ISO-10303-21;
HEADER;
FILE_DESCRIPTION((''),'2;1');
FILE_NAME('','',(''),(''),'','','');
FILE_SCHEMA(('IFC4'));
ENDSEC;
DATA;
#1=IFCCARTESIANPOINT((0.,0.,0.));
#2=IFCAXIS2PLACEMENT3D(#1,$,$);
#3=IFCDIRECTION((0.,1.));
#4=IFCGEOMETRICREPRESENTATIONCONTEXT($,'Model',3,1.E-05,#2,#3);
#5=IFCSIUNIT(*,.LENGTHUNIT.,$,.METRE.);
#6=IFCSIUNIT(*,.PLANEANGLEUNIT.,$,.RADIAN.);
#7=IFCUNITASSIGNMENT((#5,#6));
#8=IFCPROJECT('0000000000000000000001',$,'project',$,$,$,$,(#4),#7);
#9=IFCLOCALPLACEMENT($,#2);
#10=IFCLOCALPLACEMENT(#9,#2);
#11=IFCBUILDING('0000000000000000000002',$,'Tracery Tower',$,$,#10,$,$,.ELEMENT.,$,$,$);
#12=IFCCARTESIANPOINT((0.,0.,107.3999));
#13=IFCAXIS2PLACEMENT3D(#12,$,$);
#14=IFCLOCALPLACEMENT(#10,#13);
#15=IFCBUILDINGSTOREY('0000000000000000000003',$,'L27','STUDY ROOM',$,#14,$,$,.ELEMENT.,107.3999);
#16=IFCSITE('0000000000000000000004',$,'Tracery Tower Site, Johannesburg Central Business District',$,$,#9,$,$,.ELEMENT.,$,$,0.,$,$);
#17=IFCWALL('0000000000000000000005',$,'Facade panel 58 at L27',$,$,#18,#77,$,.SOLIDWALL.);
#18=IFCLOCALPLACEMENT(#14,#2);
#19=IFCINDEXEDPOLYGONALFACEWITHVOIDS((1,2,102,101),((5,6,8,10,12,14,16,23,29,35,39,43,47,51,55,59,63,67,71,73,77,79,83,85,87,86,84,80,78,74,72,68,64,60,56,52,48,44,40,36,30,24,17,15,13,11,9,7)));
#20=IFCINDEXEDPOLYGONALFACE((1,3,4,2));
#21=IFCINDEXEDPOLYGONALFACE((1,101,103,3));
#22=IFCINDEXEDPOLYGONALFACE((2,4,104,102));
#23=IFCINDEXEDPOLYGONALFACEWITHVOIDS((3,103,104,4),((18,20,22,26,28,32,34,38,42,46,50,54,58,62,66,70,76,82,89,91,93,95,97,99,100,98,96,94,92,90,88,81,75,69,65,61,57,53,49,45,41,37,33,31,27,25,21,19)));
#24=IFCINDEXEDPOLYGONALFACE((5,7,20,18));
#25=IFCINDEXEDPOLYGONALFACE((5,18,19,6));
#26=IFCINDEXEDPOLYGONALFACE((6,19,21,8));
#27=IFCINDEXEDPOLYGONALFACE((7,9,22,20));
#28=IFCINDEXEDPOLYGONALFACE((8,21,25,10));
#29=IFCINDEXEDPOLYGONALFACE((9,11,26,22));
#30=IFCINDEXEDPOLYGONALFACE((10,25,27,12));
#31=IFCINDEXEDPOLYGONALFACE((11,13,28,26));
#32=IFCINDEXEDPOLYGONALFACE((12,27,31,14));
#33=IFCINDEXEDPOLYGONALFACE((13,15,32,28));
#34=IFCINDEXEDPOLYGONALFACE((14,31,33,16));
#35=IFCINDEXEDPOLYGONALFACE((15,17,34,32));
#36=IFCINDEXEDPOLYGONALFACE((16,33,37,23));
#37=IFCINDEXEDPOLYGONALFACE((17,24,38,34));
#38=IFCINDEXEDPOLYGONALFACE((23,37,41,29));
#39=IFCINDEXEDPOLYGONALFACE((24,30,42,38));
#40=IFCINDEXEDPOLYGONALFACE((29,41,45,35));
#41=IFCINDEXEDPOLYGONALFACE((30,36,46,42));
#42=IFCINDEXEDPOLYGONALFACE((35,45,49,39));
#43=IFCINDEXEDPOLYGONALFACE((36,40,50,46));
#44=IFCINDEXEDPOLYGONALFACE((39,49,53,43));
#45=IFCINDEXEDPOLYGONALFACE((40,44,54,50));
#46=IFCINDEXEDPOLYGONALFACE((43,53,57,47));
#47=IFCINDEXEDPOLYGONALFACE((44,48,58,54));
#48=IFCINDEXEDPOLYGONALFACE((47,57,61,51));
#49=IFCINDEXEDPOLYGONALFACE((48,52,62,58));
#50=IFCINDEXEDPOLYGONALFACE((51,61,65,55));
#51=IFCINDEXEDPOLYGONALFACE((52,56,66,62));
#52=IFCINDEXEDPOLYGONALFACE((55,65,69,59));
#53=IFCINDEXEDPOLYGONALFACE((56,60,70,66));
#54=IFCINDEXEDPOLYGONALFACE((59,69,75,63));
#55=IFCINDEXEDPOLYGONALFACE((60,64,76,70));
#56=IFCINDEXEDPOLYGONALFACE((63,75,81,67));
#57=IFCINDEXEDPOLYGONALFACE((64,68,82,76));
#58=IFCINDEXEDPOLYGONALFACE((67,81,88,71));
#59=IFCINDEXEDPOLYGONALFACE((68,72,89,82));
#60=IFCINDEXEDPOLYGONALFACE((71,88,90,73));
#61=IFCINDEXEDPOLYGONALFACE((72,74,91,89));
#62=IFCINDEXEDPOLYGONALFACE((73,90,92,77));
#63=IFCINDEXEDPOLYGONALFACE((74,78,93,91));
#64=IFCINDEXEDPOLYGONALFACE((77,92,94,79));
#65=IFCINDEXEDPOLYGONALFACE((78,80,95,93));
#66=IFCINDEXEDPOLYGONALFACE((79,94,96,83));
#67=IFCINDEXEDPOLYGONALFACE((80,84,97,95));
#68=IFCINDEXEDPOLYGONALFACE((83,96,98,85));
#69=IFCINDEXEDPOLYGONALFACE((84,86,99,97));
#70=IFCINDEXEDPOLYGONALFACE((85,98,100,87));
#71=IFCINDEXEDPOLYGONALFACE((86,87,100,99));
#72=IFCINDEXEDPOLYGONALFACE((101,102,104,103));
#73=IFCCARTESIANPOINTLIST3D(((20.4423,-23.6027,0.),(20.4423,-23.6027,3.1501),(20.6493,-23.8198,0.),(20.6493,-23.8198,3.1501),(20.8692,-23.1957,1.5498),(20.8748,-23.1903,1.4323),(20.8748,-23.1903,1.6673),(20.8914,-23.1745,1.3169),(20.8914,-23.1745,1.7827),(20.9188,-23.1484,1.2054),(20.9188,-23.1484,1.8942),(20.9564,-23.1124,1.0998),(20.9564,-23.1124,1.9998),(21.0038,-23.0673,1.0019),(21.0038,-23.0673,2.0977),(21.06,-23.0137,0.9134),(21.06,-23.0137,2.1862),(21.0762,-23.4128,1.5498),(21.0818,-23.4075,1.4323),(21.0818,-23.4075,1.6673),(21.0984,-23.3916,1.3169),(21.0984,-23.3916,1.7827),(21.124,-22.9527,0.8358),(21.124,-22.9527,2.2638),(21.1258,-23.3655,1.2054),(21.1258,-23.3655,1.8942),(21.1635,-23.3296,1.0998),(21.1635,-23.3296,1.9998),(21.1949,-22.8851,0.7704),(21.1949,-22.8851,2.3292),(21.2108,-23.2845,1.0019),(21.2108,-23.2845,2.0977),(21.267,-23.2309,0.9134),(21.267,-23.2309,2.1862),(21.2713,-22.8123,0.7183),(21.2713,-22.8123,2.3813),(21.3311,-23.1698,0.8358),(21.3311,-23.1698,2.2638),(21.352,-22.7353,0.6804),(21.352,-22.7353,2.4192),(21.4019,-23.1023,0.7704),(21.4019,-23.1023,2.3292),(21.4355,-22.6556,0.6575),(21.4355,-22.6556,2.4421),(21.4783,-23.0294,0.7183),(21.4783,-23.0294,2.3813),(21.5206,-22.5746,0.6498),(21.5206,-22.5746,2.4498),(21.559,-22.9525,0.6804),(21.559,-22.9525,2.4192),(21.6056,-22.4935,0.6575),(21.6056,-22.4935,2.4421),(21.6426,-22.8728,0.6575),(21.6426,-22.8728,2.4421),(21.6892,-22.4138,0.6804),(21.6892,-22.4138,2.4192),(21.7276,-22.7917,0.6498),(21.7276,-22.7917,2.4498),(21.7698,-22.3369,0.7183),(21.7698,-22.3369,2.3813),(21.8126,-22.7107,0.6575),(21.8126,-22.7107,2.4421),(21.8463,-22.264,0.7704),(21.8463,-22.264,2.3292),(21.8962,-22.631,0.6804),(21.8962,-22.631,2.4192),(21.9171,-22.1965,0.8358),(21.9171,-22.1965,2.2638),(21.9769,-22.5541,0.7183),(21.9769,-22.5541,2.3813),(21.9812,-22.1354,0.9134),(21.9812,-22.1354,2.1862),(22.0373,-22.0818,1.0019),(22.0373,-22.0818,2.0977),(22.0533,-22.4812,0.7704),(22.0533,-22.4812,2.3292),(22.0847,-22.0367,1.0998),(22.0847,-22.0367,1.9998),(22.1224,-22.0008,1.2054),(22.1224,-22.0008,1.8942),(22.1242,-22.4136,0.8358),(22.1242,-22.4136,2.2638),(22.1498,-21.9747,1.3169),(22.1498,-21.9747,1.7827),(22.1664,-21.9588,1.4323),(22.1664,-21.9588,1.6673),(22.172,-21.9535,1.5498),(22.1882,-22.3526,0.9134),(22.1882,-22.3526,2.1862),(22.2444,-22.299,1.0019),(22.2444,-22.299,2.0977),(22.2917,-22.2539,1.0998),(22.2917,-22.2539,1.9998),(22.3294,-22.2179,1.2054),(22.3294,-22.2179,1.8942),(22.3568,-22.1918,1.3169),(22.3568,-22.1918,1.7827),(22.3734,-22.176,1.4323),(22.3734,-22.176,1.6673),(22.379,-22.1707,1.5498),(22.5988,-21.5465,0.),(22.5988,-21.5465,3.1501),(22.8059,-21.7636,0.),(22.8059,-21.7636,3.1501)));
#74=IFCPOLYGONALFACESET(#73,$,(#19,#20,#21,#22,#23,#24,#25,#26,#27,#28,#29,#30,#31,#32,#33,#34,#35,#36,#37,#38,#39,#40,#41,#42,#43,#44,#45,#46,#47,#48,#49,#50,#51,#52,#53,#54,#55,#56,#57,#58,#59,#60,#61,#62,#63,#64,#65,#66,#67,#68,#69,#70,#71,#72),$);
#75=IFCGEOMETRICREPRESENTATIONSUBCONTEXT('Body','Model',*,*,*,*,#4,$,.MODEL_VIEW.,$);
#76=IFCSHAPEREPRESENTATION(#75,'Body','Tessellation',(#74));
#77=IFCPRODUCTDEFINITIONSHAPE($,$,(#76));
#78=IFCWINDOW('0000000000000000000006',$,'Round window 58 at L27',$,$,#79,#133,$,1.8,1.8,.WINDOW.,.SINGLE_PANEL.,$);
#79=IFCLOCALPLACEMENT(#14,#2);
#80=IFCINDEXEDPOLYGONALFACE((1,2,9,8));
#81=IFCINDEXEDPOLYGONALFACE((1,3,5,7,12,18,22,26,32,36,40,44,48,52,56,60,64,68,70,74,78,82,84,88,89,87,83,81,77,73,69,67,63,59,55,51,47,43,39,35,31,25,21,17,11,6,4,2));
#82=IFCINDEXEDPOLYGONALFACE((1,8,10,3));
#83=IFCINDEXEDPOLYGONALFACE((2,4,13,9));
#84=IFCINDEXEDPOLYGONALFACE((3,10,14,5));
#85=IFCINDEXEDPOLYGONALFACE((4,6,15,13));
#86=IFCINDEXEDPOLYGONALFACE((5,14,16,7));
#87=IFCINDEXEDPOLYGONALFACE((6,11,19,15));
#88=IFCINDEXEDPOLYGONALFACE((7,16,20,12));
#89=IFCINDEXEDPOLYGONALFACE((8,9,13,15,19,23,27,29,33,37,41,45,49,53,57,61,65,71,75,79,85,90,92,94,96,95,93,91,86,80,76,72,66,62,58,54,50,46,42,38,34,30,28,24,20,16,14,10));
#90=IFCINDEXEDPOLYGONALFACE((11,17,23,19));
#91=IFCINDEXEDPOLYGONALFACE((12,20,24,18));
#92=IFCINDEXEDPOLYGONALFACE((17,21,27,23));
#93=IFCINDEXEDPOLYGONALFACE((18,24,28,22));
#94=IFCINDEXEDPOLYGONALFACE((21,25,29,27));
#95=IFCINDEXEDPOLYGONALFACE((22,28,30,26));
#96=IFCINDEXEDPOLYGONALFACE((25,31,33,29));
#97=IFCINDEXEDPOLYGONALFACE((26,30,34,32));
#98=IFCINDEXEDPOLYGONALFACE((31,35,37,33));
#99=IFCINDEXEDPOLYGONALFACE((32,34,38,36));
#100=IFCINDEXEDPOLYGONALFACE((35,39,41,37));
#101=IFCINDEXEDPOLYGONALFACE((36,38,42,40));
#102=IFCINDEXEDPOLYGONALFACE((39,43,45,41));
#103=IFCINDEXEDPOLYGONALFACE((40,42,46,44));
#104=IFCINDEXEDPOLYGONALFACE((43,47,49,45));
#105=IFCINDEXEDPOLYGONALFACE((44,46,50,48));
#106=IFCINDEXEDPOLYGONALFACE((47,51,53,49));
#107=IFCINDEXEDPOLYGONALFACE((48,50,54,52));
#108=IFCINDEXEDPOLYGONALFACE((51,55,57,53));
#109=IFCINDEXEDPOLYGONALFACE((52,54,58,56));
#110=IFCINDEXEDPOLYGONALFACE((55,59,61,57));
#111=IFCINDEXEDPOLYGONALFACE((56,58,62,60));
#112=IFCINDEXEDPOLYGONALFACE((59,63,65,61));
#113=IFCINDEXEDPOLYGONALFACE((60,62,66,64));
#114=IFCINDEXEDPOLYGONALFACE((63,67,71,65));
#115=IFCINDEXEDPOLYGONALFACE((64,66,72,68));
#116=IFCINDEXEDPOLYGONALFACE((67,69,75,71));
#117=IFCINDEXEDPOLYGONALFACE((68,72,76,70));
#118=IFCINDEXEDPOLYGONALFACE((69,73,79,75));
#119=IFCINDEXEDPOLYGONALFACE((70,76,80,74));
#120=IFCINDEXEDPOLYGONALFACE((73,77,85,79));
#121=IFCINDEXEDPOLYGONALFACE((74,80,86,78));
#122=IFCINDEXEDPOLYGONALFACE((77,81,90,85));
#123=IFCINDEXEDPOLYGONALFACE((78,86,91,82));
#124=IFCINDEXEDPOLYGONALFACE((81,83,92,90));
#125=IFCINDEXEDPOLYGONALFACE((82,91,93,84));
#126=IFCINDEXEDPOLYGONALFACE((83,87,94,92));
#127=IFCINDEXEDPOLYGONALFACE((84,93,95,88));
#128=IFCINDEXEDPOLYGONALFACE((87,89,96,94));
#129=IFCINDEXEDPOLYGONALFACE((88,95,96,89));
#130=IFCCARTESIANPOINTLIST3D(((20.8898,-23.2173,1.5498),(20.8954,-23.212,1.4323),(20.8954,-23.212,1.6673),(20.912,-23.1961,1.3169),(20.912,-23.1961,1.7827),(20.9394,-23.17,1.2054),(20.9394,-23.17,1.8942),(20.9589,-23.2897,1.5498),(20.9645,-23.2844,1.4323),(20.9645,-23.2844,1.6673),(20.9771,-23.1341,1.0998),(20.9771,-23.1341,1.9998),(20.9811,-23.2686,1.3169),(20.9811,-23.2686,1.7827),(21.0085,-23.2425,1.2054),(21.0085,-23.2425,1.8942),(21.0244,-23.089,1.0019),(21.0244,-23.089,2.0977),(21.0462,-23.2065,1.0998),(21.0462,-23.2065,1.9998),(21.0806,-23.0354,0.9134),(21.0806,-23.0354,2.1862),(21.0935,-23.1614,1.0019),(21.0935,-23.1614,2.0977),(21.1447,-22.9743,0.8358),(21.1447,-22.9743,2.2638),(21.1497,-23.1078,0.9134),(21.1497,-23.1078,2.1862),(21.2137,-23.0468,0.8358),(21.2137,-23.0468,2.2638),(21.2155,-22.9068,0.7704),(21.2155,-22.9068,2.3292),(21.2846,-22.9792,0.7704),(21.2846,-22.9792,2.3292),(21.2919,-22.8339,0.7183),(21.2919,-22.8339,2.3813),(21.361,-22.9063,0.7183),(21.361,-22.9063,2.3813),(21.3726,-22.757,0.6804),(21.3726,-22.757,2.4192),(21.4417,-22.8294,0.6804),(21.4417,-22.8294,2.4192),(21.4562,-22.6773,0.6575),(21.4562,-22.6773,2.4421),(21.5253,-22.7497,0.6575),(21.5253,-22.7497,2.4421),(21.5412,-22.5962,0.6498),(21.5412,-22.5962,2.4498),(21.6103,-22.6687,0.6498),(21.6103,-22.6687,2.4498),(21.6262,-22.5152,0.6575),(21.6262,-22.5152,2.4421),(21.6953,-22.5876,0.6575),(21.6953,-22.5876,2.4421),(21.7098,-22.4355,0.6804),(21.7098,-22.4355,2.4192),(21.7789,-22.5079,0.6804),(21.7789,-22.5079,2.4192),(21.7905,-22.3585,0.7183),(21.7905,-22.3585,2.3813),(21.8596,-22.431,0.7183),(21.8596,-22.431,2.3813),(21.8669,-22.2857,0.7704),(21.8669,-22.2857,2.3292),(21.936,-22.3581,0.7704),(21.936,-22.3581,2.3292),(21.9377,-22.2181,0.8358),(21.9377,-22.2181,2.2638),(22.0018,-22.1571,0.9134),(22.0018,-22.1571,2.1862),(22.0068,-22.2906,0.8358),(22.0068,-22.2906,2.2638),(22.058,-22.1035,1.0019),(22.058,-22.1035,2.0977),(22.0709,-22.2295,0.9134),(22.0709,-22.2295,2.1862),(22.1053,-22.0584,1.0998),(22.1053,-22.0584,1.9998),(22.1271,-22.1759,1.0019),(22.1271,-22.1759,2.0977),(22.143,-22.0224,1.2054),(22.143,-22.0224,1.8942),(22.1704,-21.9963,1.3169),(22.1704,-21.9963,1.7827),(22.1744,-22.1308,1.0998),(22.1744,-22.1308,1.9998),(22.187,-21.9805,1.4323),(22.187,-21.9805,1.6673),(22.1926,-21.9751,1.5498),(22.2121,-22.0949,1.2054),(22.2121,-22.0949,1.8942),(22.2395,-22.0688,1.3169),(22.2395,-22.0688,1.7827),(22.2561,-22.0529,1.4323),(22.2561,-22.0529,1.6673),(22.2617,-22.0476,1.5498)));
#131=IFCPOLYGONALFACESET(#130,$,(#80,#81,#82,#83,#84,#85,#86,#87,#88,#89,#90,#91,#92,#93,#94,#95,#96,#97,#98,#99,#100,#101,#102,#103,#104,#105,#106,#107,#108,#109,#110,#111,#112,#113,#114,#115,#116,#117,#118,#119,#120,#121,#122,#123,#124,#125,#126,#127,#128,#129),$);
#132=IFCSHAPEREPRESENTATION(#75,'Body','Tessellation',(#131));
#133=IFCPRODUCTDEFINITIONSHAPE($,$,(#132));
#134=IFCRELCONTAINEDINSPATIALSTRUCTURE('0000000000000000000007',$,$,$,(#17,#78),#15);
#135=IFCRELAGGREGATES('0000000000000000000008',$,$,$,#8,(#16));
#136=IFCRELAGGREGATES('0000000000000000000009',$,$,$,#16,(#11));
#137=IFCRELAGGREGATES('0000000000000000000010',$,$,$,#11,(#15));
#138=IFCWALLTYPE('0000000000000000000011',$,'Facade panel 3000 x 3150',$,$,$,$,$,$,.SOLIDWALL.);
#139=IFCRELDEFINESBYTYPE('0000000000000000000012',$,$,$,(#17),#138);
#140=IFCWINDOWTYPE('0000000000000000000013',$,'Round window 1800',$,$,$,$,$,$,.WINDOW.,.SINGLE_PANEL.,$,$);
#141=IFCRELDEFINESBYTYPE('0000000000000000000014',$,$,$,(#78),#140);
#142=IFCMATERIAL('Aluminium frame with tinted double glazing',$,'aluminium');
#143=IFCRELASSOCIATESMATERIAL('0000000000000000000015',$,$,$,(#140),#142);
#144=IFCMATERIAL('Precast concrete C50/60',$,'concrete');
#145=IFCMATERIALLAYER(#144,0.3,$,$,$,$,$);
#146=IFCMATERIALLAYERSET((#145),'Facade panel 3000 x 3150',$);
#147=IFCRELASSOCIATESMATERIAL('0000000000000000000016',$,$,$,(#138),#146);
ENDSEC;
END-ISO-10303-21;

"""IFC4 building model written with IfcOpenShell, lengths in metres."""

from ifc_helpers import new_model, si_unit, direction, frame, frame_2d, origin, origin_2d, place, context, subcontext, project, spatial, rectangle, circle, extrude, material, layer, layer_set, type_object, element, fill, save


model = new_model("IFC4")

# Units and contexts
model_context = context("Model", 3, precision=1e-05, world=origin(), true_north=direction((0.0, 1.0)))
body_context = subcontext(model_context, "Body", "Model", "MODEL_VIEW")
ifc_project = project(units=[si_unit("LENGTHUNIT", "METRE"), si_unit("PLANEANGLEUNIT", "RADIAN")], contexts=[model_context])

# Site, building, storey
site_placement = place(None, origin())
site = spatial("IfcSite", under=ifc_project, at=site_placement, Name="Tracery Tower Site, Johannesburg Central Business District", CompositionType="ELEMENT", RefElevation=0.0)
building_placement = place(site_placement, origin())
building = spatial("IfcBuilding", under=site, at=building_placement, Name="Tracery Tower", CompositionType="ELEMENT")
storey_placement = place(building_placement, frame((0.0, 0.0, 107.3999)))
storey = spatial("IfcBuildingStorey", under=building, at=storey_placement, Name="L27", Description="STUDY ROOM", CompositionType="ELEMENT", Elevation=107.3999)

# Wall, opening, window
ifc_material_1 = material(Name="Aluminium frame with tinted double glazing", Category="aluminium")
window_type = type_object("IfcWindowType", Name="Round window 1800", PartitioningType="SINGLE_PANEL", PredefinedType="WINDOW", material=ifc_material_1)
ifc_material_2 = material(Name="Precast concrete C50/60", Category="concrete")
ifc_layer_1 = layer(ifc_material_2, 0.3)
ifc_layer_set_1 = layer_set([ifc_layer_1], Name="Facade panel 3000 x 3150")
wall_type_1 = type_object("IfcWallType", Name="Facade panel 3000 x 3150", PredefinedType="SOLIDWALL", material=ifc_layer_set_1)
wall_1_placement = place(storey_placement, frame((20.5459, -23.7112, 0.0), z_axis=(0.0, 0.0, 1.0), x_axis=(0.723744, 0.690068, 0.0)))
wall_1 = element("IfcWall", 1, at=wall_1_placement, inside=storey, type_object=wall_type_1, Name="Facade panel 58 at L27", PredefinedType="SOLIDWALL", context=body_context, shape_type="SweptSolid", body=[
    extrude(rectangle(XDim=2.9797, YDim=0.3, at=frame_2d((1.4897, 0.0))), origin(), (0.0, 0.0, 1.0), 3.1501),
])
opening_1_placement = place(wall_1_placement, frame((1.4897, 0.0, 1.5498)))
opening_1 = element("IfcOpeningElement", 2, at=opening_1_placement, cuts=wall_1, PredefinedType="OPENING", context=body_context, shape_type="SweptSolid", body=[
    extrude(circle(Radius=0.9, at=origin_2d()), frame((0.0, 0.1599, 0.0), z_axis=(0.0, -1.0, 0.0), x_axis=(1.0, 0.0, 0.0)), (0.0, 0.0, 1.0), 0.3201),
])
window_1_placement = place(opening_1_placement, origin())
window_1 = element("IfcWindow", 3, at=window_1_placement, inside=storey, type_object=window_type, Name="Round window 58 at L27", OverallHeight=1.8, OverallWidth=1.8, PartitioningType="SINGLE_PANEL", PredefinedType="WINDOW", context=body_context, shape_type="SweptSolid", body=[
    extrude(circle(Radius=0.9, at=origin_2d()), frame((0.0, 0.1201, 0.0), z_axis=(0.0, -1.0, 0.0), x_axis=(1.0, 0.0, 0.0)), (0.0, 0.0, 1.0), 0.1001),
])
fill(opening_1, window_1)

save(model, "model.ifc")
